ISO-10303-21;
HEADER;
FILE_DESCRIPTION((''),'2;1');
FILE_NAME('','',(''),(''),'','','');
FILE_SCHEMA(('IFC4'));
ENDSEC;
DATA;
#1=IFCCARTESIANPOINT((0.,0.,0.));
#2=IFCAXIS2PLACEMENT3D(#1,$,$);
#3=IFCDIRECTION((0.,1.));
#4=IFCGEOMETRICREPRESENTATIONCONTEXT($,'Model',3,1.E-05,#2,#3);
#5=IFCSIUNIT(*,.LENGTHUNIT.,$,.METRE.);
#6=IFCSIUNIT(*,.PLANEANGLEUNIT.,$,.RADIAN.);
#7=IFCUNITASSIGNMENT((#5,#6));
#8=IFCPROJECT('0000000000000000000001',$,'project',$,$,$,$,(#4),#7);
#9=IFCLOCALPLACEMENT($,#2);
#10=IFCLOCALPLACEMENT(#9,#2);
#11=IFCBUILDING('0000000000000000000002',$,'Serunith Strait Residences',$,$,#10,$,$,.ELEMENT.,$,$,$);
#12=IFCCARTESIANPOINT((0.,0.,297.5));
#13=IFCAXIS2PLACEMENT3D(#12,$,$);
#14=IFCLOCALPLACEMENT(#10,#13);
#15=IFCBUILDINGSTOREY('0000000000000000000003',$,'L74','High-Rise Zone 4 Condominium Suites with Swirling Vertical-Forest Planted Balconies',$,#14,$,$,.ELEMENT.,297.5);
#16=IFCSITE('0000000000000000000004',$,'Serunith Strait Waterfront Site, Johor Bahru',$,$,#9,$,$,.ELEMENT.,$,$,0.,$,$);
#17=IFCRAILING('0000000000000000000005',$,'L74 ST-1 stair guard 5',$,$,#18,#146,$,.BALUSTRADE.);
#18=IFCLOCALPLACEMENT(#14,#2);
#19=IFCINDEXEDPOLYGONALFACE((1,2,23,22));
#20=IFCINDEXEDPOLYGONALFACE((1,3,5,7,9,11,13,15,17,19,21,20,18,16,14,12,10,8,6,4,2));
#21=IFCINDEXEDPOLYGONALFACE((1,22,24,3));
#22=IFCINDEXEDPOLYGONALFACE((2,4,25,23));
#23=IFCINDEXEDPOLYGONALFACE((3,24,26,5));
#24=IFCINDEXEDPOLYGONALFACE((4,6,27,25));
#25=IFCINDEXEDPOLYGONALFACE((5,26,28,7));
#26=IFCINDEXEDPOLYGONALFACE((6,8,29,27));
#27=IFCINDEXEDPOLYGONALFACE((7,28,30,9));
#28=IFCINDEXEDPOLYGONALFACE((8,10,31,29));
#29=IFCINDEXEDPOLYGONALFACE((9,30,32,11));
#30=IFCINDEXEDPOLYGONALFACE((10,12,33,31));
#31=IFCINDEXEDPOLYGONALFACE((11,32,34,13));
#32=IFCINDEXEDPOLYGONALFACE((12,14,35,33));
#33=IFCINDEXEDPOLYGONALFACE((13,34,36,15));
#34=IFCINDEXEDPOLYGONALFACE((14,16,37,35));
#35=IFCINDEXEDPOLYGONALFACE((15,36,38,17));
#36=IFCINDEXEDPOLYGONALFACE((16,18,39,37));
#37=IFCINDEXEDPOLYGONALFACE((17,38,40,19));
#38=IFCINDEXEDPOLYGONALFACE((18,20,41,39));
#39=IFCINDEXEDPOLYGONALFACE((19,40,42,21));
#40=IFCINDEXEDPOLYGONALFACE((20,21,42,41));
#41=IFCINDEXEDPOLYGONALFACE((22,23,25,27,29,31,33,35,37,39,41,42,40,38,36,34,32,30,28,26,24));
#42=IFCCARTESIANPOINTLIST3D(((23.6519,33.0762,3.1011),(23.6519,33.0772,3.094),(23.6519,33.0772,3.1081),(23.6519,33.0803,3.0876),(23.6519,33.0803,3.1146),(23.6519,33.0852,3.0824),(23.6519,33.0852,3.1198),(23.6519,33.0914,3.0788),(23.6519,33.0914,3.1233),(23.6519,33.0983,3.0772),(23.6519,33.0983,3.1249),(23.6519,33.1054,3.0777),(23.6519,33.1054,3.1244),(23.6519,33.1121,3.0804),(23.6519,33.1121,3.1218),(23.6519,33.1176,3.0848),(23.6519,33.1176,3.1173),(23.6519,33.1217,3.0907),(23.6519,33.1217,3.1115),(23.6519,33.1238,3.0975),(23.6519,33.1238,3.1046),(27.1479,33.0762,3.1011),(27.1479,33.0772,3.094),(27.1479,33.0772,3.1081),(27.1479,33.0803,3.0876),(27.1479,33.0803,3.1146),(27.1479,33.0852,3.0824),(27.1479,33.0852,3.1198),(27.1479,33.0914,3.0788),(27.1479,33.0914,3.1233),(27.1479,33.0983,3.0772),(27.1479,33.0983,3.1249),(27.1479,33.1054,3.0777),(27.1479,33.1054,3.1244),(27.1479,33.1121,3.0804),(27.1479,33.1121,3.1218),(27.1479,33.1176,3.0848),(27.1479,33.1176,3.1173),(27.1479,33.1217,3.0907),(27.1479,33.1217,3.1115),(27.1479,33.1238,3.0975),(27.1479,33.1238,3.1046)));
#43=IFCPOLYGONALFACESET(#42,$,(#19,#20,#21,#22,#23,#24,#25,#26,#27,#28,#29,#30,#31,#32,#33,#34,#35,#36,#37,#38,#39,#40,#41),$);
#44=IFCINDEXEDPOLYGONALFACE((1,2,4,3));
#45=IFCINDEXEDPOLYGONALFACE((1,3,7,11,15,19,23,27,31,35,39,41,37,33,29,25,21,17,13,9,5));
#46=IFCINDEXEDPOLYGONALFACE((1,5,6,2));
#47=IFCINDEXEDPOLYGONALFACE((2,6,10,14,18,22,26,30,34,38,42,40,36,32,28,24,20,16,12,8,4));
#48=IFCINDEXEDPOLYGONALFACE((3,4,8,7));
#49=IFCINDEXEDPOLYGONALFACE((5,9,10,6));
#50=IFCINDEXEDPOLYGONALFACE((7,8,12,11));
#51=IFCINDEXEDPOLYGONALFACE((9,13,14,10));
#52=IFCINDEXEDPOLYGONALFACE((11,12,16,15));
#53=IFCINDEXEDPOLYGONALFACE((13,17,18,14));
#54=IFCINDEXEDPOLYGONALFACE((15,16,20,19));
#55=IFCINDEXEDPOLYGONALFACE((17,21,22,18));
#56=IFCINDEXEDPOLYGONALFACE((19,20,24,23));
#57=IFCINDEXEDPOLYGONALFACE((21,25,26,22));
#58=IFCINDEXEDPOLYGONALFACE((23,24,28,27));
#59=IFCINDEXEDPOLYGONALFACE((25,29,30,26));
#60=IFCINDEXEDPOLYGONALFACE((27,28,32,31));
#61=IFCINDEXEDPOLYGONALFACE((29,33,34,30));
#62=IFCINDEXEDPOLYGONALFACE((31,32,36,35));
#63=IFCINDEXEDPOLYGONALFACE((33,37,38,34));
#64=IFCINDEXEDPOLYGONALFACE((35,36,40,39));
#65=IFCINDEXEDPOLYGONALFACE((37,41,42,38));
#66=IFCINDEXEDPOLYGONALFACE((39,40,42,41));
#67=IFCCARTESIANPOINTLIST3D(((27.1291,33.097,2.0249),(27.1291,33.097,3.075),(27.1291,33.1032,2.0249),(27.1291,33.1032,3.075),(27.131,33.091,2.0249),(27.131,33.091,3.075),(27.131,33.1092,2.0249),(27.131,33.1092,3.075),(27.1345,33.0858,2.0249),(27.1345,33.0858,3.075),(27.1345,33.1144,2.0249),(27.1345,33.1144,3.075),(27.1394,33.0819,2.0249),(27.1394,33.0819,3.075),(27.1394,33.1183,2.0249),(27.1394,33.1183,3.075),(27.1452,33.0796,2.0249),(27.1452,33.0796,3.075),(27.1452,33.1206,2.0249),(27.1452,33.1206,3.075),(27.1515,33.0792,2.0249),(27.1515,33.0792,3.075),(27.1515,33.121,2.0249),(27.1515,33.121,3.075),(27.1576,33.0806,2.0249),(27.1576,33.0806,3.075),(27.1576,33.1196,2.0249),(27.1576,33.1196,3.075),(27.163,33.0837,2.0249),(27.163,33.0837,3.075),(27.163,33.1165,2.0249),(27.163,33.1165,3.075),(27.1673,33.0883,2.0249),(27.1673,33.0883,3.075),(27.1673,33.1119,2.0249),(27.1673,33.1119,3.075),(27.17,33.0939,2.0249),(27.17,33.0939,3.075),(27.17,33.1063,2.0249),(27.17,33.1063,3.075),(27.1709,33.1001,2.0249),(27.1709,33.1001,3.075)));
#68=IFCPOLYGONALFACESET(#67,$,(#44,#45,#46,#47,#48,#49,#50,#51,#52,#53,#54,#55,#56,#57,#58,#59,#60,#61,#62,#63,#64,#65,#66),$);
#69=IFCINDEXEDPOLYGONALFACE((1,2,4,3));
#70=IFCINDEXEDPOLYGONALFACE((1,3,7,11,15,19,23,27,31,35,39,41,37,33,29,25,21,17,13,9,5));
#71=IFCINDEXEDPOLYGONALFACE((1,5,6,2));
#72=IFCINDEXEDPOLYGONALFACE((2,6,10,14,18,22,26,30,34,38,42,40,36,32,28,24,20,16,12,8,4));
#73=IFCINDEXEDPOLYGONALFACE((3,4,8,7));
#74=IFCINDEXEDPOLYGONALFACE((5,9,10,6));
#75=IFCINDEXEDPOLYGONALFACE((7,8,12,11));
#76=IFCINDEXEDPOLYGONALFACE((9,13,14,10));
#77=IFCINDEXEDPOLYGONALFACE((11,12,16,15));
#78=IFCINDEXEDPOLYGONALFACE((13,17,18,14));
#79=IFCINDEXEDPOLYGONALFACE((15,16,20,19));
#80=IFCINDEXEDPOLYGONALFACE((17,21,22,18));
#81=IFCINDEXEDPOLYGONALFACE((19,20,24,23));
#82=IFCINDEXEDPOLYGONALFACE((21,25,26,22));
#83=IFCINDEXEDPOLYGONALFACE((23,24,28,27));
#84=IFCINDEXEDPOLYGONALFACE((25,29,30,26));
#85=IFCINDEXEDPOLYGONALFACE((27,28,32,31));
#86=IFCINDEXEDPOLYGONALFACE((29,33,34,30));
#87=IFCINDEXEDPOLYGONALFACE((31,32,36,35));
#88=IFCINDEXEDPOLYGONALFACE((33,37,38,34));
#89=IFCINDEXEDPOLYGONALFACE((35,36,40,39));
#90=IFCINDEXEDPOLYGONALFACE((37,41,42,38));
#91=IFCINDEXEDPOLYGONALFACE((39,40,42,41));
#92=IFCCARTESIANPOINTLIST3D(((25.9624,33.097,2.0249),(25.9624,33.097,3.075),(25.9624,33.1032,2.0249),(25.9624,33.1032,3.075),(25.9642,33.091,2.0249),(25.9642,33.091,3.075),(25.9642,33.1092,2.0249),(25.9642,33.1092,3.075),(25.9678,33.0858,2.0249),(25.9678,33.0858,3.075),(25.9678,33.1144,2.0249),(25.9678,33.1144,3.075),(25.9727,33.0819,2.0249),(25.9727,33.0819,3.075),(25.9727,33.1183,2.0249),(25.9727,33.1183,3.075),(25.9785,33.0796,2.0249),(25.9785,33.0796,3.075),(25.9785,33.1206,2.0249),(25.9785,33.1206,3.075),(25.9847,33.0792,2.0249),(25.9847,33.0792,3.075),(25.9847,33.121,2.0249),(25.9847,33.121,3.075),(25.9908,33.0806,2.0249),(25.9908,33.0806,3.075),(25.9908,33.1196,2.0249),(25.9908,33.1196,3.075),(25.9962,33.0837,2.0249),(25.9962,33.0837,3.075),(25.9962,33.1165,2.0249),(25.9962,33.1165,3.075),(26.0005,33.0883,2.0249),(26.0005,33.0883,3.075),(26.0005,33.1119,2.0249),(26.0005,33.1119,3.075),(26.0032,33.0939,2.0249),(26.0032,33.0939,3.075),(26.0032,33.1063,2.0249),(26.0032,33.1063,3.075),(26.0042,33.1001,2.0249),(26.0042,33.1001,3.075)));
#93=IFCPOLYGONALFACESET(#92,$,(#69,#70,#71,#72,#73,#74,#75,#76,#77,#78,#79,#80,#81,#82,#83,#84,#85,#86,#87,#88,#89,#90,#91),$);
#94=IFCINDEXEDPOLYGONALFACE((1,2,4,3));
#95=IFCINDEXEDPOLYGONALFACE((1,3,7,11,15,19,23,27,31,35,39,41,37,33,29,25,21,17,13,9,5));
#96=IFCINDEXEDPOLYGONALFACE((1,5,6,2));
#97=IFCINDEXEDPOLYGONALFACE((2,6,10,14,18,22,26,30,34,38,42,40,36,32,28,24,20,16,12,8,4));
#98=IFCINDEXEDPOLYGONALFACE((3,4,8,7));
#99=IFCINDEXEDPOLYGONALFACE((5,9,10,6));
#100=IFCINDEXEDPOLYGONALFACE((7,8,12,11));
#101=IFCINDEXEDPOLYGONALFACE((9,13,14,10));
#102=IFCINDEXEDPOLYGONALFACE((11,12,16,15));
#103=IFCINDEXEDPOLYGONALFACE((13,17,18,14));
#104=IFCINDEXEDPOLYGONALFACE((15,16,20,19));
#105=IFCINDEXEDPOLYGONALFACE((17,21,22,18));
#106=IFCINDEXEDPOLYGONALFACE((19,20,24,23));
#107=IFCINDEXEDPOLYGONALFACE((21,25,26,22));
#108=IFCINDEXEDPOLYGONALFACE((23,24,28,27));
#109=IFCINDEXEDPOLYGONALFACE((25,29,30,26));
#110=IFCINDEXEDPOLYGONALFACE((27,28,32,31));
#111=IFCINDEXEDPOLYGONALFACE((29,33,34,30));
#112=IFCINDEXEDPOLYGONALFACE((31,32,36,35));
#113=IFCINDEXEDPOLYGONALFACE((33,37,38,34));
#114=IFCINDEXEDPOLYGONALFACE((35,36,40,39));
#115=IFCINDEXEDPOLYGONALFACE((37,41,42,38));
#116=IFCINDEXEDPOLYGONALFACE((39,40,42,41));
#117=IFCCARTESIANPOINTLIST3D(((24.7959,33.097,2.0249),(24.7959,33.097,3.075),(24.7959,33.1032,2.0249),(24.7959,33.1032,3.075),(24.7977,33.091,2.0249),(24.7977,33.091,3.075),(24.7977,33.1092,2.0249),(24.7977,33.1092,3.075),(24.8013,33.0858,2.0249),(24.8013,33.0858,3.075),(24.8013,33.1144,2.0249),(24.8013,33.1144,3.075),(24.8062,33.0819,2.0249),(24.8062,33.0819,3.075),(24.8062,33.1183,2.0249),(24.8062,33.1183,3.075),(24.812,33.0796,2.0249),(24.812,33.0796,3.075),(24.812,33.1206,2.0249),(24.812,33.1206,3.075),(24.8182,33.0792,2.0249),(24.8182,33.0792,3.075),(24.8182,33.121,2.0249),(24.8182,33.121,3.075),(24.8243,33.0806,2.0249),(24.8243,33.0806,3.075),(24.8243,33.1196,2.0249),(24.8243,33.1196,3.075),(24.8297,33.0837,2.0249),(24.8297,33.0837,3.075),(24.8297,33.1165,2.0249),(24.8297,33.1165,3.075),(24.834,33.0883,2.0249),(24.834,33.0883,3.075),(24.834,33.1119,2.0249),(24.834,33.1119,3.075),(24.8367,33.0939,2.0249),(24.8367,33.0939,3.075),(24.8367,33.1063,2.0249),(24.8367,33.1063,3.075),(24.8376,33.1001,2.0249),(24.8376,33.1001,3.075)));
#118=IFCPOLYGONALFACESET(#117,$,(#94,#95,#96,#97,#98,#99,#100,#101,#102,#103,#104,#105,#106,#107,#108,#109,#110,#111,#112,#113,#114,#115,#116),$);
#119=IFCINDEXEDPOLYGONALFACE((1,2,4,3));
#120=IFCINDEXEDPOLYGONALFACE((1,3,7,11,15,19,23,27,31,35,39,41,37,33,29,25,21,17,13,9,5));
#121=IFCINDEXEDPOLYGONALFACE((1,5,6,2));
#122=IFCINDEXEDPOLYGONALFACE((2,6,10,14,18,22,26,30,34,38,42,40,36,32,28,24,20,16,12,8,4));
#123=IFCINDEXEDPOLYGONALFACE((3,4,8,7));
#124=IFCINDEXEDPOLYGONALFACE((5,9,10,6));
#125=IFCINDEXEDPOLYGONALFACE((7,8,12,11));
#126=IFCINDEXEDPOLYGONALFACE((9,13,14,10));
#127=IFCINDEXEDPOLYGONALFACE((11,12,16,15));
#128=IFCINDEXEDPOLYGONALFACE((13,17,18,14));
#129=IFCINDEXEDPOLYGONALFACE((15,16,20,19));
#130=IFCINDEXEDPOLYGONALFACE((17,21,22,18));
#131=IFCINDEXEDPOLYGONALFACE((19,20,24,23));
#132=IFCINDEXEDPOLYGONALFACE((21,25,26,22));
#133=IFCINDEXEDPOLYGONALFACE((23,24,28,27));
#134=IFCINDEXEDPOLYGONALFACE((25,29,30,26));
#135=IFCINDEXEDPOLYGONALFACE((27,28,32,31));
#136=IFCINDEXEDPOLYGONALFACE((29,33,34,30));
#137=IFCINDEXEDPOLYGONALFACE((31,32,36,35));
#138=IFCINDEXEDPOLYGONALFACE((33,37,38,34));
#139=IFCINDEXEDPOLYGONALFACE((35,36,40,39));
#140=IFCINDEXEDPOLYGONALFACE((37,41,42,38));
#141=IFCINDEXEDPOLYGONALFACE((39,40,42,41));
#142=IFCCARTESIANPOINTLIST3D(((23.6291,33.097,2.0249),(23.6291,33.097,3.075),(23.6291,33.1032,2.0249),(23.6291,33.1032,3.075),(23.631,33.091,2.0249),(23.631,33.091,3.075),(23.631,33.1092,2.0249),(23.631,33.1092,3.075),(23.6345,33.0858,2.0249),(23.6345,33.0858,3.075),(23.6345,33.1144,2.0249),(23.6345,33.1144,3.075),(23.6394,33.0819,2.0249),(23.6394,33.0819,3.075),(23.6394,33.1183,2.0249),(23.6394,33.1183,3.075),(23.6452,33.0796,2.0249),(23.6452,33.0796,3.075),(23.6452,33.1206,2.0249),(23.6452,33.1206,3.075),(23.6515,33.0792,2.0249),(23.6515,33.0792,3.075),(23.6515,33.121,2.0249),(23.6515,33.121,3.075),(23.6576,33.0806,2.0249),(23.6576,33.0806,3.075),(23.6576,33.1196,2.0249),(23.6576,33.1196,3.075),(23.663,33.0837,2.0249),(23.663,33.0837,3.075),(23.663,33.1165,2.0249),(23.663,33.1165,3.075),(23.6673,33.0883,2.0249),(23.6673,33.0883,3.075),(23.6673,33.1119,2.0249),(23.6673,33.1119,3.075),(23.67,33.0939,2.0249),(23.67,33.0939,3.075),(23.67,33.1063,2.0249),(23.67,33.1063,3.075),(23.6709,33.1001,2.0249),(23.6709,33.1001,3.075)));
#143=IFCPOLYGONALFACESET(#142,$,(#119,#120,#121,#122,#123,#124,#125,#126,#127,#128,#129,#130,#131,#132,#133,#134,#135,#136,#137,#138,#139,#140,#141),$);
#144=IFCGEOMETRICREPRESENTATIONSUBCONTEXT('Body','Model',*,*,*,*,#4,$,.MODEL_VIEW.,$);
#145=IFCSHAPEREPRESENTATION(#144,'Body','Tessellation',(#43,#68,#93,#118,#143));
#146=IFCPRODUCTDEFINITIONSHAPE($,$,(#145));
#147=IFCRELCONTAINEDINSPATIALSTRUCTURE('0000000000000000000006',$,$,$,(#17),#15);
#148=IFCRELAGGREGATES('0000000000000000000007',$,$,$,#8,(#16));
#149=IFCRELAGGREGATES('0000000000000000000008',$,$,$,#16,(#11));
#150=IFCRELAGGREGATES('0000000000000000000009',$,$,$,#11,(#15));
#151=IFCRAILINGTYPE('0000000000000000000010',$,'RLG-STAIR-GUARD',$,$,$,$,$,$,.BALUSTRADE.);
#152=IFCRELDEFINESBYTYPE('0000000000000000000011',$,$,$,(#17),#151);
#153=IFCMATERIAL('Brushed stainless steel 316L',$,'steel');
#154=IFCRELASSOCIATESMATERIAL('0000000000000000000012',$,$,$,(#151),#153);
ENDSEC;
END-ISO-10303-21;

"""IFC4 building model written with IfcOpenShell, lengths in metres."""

from ifc_helpers import new_model, si_unit, direction, frame, origin, origin_2d, place, context, subcontext, project, spatial, circle, extrude, material, type_object, element, save


model = new_model("IFC4")

# Units and contexts
model_context = context("Model", 3, precision=1e-05, world=origin(), true_north=direction((0.0, 1.0)))
body_context = subcontext(model_context, "Body", "Model", "MODEL_VIEW")
ifc_project = project(units=[si_unit("LENGTHUNIT", "METRE"), si_unit("PLANEANGLEUNIT", "RADIAN")], contexts=[model_context])

# Site, building, storey
site_placement = place(None, origin())
site = spatial("IfcSite", under=ifc_project, at=site_placement, Name="Serunith Strait Waterfront Site, Johor Bahru", CompositionType="ELEMENT", RefElevation=0.0)
building_placement = place(site_placement, origin())
building = spatial("IfcBuilding", under=site, at=building_placement, Name="Serunith Strait Residences", CompositionType="ELEMENT")
storey_placement = place(building_placement, frame((0.0, 0.0, 297.5)))
storey = spatial("IfcBuildingStorey", under=building, at=storey_placement, Name="L74", Description="High-Rise Zone 4 Condominium Suites with Swirling Vertical-Forest Planted Balconies", CompositionType="ELEMENT", Elevation=297.5)

# Railing
ifc_material_1 = material(Name="Brushed stainless steel 316L", Category="steel")
railing_type_1 = type_object("IfcRailingType", Name="RLG-STAIR-GUARD", PredefinedType="BALUSTRADE", material=ifc_material_1)
railing_1_placement = place(storey_placement, frame((27.1499, 33.1001, 2.0249)))
element("IfcRailing", 1, at=railing_1_placement, inside=storey, type_object=railing_type_1, Name="L74 ST-1 stair guard 5", PredefinedType="BALUSTRADE", context=body_context, shape_type="SweptSolid", body=[
    extrude(circle(Radius=0.0239, at=origin_2d()), frame((-0.002, 0.0, 1.0762), z_axis=(-1.0, 0.0, 0.0), x_axis=(0.0, -1.0, 0.0)), (0.0, 0.0, 1.0), 3.4961),
    extrude(circle(Radius=0.021, at=origin_2d()), origin(), (0.0, 0.0, 1.0), 1.05),
    extrude(circle(Radius=0.021, at=origin_2d()), frame((-1.1667, 0.0, 0.0)), (0.0, 0.0, 1.0), 1.05),
    extrude(circle(Radius=0.021, at=origin_2d()), frame((-2.3333, 0.0, 0.0)), (0.0, 0.0, 1.0), 1.05),
    extrude(circle(Radius=0.021, at=origin_2d()), frame((-3.5, 0.0, 0.0)), (0.0, 0.0, 1.0), 1.05),
])

save(model, "model.ifc")
